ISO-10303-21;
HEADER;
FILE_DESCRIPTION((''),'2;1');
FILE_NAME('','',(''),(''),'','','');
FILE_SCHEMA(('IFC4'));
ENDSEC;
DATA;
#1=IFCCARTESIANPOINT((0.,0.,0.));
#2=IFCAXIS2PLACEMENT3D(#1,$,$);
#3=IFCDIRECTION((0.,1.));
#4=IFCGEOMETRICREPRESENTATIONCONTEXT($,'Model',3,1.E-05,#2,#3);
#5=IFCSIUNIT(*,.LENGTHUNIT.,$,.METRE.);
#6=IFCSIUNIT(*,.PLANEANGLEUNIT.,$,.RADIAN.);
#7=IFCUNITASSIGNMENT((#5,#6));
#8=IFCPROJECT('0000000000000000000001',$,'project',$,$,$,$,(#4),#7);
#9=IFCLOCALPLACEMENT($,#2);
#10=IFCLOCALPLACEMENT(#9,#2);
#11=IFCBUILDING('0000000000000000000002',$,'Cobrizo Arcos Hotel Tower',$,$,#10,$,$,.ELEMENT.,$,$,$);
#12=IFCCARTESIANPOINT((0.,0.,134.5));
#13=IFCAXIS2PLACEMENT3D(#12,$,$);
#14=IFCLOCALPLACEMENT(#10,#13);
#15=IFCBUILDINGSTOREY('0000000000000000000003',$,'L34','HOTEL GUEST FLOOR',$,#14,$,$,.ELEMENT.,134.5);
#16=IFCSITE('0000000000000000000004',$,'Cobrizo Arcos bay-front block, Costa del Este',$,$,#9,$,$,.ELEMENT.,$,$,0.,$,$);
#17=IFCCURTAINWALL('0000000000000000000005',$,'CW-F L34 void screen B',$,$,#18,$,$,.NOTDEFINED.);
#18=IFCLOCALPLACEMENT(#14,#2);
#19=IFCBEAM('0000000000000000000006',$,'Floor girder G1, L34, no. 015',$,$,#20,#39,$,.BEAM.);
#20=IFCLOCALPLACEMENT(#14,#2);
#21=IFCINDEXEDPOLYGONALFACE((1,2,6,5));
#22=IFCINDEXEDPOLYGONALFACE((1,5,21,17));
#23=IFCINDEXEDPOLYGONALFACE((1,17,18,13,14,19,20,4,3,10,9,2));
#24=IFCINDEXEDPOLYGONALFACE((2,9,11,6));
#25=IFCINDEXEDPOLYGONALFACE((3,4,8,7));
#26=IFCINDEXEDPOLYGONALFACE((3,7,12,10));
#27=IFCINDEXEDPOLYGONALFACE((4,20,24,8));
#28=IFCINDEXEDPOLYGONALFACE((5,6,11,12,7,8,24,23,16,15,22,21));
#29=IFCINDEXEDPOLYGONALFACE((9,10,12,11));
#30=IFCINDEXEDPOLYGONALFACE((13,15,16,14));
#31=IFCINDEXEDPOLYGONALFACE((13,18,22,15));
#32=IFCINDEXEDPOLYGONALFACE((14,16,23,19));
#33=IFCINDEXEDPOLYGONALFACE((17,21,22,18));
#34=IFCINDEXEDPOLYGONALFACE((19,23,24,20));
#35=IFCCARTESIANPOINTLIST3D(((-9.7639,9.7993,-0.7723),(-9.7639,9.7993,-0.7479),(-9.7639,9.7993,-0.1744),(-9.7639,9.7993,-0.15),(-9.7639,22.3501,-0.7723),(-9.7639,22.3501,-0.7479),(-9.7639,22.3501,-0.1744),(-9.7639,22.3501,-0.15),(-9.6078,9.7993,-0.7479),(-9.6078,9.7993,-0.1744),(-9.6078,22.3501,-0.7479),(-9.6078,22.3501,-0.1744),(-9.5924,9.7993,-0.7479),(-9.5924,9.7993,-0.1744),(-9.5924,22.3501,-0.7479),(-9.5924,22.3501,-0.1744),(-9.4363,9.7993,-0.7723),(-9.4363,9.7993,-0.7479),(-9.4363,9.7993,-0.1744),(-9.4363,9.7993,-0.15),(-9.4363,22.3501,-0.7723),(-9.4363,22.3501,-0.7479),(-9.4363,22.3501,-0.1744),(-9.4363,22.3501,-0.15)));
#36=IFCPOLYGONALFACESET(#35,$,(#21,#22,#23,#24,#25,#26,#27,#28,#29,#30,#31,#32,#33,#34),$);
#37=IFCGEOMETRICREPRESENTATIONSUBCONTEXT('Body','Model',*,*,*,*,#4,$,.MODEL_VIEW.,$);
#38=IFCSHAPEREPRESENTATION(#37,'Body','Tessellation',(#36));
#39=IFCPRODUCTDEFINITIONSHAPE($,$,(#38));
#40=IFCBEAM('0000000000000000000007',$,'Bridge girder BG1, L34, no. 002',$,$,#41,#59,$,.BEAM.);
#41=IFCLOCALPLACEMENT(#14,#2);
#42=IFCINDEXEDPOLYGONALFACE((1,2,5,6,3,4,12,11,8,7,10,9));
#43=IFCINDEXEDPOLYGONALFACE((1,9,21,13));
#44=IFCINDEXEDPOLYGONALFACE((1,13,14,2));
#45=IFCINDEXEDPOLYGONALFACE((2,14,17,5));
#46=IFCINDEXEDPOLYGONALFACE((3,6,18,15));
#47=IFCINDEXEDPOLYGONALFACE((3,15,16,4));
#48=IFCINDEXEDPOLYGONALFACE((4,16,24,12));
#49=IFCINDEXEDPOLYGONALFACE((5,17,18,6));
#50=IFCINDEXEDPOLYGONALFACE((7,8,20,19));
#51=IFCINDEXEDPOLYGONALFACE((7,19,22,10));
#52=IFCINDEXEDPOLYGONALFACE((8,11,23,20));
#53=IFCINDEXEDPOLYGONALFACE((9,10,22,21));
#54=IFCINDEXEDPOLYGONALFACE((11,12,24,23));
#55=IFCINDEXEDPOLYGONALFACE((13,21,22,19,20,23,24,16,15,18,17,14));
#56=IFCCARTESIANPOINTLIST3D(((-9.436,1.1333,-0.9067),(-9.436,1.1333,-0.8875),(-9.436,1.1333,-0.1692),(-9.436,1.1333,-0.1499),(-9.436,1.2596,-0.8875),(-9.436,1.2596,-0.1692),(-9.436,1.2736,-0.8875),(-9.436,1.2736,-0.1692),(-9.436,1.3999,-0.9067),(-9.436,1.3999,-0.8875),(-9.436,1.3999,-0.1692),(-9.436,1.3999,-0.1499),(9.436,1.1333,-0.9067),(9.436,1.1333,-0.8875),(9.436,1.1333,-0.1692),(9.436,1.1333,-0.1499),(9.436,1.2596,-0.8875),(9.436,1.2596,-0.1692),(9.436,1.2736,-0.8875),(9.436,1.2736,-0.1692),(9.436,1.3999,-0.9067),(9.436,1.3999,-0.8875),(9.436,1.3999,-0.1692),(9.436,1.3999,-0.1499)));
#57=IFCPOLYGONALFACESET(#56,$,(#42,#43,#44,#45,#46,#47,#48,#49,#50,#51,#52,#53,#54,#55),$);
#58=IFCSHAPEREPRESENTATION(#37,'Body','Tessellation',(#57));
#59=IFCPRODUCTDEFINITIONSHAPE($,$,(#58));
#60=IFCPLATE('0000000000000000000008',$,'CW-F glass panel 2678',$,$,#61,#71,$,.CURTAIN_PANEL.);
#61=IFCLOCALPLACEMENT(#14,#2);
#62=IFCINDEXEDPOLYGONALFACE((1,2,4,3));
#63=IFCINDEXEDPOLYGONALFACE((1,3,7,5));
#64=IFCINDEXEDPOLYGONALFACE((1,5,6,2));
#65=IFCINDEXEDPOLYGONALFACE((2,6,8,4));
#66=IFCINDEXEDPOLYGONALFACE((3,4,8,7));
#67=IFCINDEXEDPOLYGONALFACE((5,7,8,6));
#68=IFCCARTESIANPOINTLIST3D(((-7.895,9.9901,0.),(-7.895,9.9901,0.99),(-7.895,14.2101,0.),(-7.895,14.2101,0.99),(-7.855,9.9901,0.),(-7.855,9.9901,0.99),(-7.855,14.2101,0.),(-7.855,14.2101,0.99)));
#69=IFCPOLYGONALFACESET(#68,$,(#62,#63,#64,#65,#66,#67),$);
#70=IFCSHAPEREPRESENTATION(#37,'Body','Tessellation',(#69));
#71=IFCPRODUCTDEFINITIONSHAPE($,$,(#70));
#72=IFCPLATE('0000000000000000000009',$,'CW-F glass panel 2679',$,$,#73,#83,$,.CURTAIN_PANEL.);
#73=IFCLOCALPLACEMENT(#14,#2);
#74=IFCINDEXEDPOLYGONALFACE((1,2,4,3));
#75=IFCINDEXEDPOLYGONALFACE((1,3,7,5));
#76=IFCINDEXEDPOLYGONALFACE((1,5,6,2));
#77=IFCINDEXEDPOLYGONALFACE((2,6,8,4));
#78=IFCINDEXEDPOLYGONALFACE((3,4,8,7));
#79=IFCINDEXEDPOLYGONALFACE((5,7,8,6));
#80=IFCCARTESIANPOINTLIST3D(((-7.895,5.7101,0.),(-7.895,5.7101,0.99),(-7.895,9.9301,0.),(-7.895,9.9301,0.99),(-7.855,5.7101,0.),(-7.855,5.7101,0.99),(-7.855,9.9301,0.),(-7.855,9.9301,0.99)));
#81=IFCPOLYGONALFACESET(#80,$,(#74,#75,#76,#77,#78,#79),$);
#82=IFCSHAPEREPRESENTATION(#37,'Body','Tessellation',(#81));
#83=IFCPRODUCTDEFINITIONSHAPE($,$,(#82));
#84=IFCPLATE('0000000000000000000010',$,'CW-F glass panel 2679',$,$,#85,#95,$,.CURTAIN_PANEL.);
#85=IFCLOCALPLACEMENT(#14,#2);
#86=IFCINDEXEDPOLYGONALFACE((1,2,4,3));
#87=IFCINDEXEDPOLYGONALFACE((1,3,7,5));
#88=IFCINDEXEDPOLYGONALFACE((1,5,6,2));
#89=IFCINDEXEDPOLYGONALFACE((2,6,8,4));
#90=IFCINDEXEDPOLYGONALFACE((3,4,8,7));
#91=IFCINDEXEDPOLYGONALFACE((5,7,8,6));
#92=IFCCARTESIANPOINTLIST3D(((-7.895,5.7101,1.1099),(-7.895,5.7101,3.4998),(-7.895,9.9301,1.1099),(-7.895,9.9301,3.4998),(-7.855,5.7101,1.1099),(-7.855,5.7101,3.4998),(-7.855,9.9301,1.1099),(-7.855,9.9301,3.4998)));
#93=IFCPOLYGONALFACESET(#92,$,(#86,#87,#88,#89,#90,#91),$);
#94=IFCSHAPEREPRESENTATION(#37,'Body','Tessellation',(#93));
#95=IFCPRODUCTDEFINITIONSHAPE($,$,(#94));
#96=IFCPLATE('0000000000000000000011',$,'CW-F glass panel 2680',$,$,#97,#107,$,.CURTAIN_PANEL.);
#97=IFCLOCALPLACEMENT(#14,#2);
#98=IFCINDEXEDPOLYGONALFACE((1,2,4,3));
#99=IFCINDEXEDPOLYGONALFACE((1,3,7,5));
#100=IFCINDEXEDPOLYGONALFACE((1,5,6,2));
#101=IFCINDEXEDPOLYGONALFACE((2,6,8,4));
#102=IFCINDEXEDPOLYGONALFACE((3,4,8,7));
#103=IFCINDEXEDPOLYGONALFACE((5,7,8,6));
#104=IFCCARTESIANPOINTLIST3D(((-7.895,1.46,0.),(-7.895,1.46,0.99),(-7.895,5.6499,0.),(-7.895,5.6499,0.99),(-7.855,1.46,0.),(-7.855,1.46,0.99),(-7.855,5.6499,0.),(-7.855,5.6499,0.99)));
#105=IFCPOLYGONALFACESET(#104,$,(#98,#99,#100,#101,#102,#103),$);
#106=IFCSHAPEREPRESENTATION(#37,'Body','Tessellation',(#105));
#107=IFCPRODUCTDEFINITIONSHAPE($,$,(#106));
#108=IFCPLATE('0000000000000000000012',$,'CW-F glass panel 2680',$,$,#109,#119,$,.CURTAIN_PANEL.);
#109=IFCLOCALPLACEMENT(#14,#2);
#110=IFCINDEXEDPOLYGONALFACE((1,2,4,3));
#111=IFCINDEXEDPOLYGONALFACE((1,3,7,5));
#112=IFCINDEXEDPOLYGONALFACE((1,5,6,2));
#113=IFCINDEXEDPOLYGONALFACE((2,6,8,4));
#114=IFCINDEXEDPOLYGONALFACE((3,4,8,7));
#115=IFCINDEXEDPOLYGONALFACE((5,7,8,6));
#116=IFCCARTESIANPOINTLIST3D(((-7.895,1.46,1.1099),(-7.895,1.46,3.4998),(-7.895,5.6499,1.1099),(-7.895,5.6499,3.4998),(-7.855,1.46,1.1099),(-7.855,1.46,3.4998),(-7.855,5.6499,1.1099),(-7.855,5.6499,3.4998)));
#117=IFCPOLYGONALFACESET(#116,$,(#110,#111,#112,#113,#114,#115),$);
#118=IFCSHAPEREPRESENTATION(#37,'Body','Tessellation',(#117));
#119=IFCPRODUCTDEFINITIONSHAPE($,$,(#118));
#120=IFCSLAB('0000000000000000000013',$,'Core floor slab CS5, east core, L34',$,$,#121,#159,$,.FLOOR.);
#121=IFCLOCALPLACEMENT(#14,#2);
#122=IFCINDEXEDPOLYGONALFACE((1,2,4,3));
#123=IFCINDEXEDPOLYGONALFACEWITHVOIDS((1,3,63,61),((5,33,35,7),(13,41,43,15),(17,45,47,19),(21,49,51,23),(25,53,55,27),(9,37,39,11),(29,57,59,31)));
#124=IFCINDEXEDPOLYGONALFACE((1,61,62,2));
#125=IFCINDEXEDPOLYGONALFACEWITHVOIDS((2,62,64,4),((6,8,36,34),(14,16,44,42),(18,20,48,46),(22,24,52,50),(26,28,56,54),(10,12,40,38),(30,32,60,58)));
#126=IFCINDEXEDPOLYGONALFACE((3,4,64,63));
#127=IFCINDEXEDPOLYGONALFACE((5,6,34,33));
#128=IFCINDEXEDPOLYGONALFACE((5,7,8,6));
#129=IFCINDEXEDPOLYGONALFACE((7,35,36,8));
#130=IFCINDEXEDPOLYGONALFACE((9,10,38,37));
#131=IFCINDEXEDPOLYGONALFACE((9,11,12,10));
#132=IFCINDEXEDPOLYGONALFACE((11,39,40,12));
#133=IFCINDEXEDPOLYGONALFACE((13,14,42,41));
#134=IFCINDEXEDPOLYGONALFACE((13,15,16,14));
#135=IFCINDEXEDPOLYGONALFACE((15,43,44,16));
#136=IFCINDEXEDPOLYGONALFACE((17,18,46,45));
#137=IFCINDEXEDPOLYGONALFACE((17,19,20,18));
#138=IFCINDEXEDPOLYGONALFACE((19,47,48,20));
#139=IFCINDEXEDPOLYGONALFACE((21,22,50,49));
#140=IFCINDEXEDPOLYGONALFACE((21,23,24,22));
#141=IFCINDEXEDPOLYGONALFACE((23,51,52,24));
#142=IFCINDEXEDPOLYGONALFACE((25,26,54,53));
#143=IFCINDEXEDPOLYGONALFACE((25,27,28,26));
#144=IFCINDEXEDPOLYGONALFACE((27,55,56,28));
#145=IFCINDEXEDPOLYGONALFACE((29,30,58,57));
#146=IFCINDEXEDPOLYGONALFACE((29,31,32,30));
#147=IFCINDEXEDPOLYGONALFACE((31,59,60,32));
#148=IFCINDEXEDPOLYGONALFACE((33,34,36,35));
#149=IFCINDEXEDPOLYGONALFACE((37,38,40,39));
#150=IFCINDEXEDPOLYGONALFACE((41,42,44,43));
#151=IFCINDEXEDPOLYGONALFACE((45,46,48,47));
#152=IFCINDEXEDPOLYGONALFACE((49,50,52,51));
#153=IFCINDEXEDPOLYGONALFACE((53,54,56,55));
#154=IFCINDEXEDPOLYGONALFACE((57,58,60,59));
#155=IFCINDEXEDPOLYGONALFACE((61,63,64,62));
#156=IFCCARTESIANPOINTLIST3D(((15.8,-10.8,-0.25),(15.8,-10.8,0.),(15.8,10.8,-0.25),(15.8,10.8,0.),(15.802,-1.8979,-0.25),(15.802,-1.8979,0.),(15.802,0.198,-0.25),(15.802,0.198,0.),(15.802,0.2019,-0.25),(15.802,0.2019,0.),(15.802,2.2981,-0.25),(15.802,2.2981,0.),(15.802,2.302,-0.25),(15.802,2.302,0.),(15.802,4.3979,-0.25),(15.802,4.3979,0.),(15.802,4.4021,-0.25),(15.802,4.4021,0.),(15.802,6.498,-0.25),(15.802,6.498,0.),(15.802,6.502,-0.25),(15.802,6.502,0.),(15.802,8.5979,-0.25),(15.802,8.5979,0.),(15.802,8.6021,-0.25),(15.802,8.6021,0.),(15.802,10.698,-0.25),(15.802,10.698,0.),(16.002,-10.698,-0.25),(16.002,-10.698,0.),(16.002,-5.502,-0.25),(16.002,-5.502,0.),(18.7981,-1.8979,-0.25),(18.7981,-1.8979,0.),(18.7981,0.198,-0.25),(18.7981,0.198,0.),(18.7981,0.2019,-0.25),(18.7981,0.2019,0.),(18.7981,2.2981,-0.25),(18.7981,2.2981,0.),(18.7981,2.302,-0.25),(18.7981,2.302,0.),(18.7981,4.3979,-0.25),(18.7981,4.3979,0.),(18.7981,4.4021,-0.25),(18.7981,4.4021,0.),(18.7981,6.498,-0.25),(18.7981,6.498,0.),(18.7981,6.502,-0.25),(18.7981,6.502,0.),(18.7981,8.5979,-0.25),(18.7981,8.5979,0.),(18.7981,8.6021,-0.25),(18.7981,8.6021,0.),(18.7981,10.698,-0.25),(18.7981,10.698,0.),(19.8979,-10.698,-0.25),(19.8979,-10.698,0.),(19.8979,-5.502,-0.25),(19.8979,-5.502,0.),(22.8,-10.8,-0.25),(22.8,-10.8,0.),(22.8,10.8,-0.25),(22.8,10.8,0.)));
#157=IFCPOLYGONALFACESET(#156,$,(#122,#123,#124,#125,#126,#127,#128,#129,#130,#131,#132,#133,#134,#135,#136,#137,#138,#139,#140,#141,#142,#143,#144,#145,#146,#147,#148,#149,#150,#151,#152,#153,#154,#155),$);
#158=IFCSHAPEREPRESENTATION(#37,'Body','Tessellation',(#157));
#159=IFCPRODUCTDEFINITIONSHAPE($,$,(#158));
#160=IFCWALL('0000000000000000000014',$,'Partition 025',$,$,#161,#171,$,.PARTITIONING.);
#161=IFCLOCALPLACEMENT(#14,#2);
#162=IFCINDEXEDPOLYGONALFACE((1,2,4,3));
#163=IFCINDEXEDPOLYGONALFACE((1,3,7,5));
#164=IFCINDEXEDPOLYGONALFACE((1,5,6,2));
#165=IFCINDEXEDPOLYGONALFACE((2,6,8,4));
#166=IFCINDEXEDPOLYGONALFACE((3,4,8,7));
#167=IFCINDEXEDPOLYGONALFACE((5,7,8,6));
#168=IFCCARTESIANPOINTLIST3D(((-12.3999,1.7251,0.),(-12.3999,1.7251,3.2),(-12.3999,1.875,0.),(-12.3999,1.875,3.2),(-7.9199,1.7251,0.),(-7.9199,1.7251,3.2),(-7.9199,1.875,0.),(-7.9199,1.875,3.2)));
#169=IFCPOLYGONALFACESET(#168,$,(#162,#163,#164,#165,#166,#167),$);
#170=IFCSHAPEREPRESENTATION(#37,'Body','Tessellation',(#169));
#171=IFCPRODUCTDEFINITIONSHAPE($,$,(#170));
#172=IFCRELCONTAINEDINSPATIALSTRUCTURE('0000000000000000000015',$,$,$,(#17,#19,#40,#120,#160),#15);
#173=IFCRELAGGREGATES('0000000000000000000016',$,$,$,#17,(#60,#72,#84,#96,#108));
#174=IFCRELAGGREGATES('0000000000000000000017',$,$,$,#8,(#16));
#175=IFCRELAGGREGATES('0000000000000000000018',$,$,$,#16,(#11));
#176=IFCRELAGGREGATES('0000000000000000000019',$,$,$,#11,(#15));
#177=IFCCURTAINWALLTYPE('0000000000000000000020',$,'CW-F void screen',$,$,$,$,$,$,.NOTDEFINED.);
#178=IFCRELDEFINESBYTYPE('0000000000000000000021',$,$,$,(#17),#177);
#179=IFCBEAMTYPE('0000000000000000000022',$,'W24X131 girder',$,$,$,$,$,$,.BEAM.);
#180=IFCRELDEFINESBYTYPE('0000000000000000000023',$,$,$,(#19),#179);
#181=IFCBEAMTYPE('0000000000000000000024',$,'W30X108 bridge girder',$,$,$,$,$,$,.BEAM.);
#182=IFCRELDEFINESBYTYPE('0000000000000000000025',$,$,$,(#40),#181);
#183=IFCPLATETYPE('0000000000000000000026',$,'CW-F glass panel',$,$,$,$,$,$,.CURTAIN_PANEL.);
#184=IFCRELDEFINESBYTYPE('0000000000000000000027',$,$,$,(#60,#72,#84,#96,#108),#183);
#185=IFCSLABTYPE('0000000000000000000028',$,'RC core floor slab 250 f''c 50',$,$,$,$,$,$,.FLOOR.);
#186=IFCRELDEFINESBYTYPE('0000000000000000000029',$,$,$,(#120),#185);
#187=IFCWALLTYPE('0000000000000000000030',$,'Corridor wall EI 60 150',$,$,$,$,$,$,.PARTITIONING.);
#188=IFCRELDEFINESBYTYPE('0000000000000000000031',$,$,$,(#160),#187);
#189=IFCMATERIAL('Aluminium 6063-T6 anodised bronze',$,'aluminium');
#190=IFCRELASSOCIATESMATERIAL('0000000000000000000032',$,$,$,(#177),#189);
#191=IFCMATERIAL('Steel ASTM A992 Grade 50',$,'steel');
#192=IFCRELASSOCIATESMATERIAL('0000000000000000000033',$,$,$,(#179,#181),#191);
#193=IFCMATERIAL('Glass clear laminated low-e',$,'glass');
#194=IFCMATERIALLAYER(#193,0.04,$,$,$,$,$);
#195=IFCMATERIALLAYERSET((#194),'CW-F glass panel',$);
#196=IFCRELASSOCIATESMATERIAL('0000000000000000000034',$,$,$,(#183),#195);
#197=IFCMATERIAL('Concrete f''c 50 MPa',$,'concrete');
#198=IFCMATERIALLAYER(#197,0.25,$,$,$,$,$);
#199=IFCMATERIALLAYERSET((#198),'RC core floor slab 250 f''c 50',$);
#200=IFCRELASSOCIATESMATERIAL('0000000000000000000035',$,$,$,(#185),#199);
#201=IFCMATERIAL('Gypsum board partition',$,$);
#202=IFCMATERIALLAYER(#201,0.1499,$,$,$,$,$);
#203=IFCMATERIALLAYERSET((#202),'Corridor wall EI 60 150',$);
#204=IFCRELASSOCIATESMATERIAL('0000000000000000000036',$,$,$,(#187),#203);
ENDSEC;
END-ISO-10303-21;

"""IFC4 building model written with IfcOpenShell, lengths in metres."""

from ifc_helpers import new_model, si_unit, direction, frame, frame_2d, origin, origin_2d, place, context, subcontext, project, spatial, polyline, rectangle, i_section, outline, extrude, material, layer, layer_set, material_profile, profile_set, type_object, element, aggregate, save


model = new_model("IFC4")

# Units and contexts
model_context = context("Model", 3, precision=1e-05, world=origin(), true_north=direction((0.0, 1.0)))
body_context = subcontext(model_context, "Body", "Model", "MODEL_VIEW")
ifc_project = project(units=[si_unit("LENGTHUNIT", "METRE"), si_unit("PLANEANGLEUNIT", "RADIAN")], contexts=[model_context])

# Site, building, storey
site_placement = place(None, origin())
site = spatial("IfcSite", under=ifc_project, at=site_placement, Name="Cobrizo Arcos bay-front block, Costa del Este", CompositionType="ELEMENT", RefElevation=0.0)
building_placement = place(site_placement, origin())
building = spatial("IfcBuilding", under=site, at=building_placement, Name="Cobrizo Arcos Hotel Tower", CompositionType="ELEMENT")
storey_placement = place(building_placement, frame((0.0, 0.0, 134.5)))
storey = spatial("IfcBuildingStorey", under=building, at=storey_placement, Name="L34", Description="HOTEL GUEST FLOOR", CompositionType="ELEMENT", Elevation=134.5)

# Shared definitions
ifc_material_1 = material(Name="Steel ASTM A992 Grade 50", Category="steel")

# Curtain wall
ifc_material_2 = material(Name="Aluminium 6063-T6 anodised bronze", Category="aluminium")
curtain_wall_type = type_object("IfcCurtainWallType", Name="CW-F void screen", PredefinedType="NOTDEFINED", material=ifc_material_2)
curtain_wall_placement = place(storey_placement, origin())
curtain_wall = element("IfcCurtainWall", 1, at=curtain_wall_placement, inside=storey, type_object=curtain_wall_type, Name="CW-F L34 void screen B", PredefinedType="NOTDEFINED")

# Beams
ifc_material_profile_1 = material_profile(ifc_material_1, i_section(OverallWidth=0.3276, OverallDepth=0.6223, WebThickness=0.0154, FlangeThickness=0.0244, at=origin_2d()), Name="W24X131")
ifc_profile_set_1 = profile_set([ifc_material_profile_1], Name="Steel ASTM A992 Grade 50")
beam_type_1 = type_object("IfcBeamType", Name="W24X131 girder", PredefinedType="BEAM", material=ifc_profile_set_1)
beam_1_placement = place(storey_placement, frame((-9.6001, 9.7993, -0.4612), z_axis=(0.0, 1.0, 0.0), x_axis=(-1.0, 0.0, 0.0)))
element("IfcBeam", 2, at=beam_1_placement, inside=storey, type_object=beam_type_1, Name="Floor girder G1, L34, no. 015", PredefinedType="BEAM", context=body_context, shape_type="SweptSolid", body=[
    extrude(i_section(OverallWidth=0.3276, OverallDepth=0.6223, WebThickness=0.0154, FlangeThickness=0.0244, at=origin_2d()), origin(), (0.0, 0.0, 1.0), 12.5508),
])
ifc_material_profile_2 = material_profile(ifc_material_1, i_section(OverallWidth=0.2666, OverallDepth=0.7568, WebThickness=0.0139, FlangeThickness=0.0193, at=origin_2d()), Name="W30X108")
ifc_profile_set_2 = profile_set([ifc_material_profile_2], Name="Steel ASTM A992 Grade 50")
beam_type_2 = type_object("IfcBeamType", Name="W30X108 bridge girder", PredefinedType="BEAM", material=ifc_profile_set_2)
beam_2_placement = place(storey_placement, frame((-9.436, 1.2666, -0.5283), z_axis=(1.0, 0.0, 0.0), x_axis=(0.0, 1.0, 0.0)))
element("IfcBeam", 3, at=beam_2_placement, inside=storey, type_object=beam_type_2, Name="Bridge girder BG1, L34, no. 002", PredefinedType="BEAM", context=body_context, shape_type="SweptSolid", body=[
    extrude(i_section(OverallWidth=0.2666, OverallDepth=0.7568, WebThickness=0.0139, FlangeThickness=0.0193, at=origin_2d()), origin(), (0.0, 0.0, 1.0), 18.8721),
])

# Plates
ifc_material_3 = material(Name="Glass clear laminated low-e", Category="glass")
ifc_layer_1 = layer(ifc_material_3, 0.04)
ifc_layer_set_1 = layer_set([ifc_layer_1], Name="CW-F glass panel")
plate_type = type_object("IfcPlateType", Name="CW-F glass panel", PredefinedType="CURTAIN_PANEL", material=ifc_layer_set_1)
plate_1_placement = place(storey_placement, frame((-7.875, 12.1001, 0.0), z_axis=(0.0, 0.0, 1.0), x_axis=(0.0, -1.0, 0.0)))
plate_1 = element("IfcPlate", 4, at=plate_1_placement, type_object=plate_type, Name="CW-F glass panel 2678", PredefinedType="CURTAIN_PANEL", context=body_context, shape_type="SweptSolid", body=[
    extrude(rectangle(XDim=4.22, YDim=0.04, at=origin_2d()), origin(), (0.0, 0.0, 1.0), 0.99),
])
plate_2_placement = place(storey_placement, frame((-7.875, 7.8201, 0.0), z_axis=(0.0, 0.0, 1.0), x_axis=(0.0, -1.0, 0.0)))
plate_2 = element("IfcPlate", 5, at=plate_2_placement, type_object=plate_type, Name="CW-F glass panel 2679", PredefinedType="CURTAIN_PANEL", context=body_context, shape_type="SweptSolid", body=[
    extrude(rectangle(XDim=4.22, YDim=0.04, at=origin_2d()), origin(), (0.0, 0.0, 1.0), 0.99),
])
plate_3_placement = place(storey_placement, frame((-7.875, 7.8201, 1.1099), z_axis=(0.0, 0.0, 1.0), x_axis=(0.0, -1.0, 0.0)))
plate_3 = element("IfcPlate", 6, at=plate_3_placement, type_object=plate_type, Name="CW-F glass panel 2679", PredefinedType="CURTAIN_PANEL", context=body_context, shape_type="SweptSolid", body=[
    extrude(rectangle(XDim=4.22, YDim=0.04, at=origin_2d()), origin(), (0.0, 0.0, 1.0), 2.3899),
])
plate_4_placement = place(storey_placement, frame((-7.875, 3.5549, 0.0), z_axis=(0.0, 0.0, 1.0), x_axis=(0.0, -1.0, 0.0)))
plate_4 = element("IfcPlate", 7, at=plate_4_placement, type_object=plate_type, Name="CW-F glass panel 2680", PredefinedType="CURTAIN_PANEL", context=body_context, shape_type="SweptSolid", body=[
    extrude(rectangle(XDim=4.1899, YDim=0.04, at=origin_2d()), origin(), (0.0, 0.0, 1.0), 0.99),
])
plate_5_placement = place(storey_placement, frame((-7.875, 3.5549, 1.1099), z_axis=(0.0, 0.0, 1.0), x_axis=(0.0, -1.0, 0.0)))
plate_5 = element("IfcPlate", 8, at=plate_5_placement, type_object=plate_type, Name="CW-F glass panel 2680", PredefinedType="CURTAIN_PANEL", context=body_context, shape_type="SweptSolid", body=[
    extrude(rectangle(XDim=4.1899, YDim=0.04, at=origin_2d()), origin(), (0.0, 0.0, 1.0), 2.3899),
])
aggregate(curtain_wall, [plate_1, plate_2, plate_3, plate_4, plate_5])

# Slab
ifc_material_4 = material(Name="Concrete f'c 50 MPa", Category="concrete")
ifc_layer_2 = layer(ifc_material_4, 0.25)
ifc_layer_set_2 = layer_set([ifc_layer_2], Name="RC core floor slab 250 f'c 50")
slab_type = type_object("IfcSlabType", Name="RC core floor slab 250 f'c 50", PredefinedType="FLOOR", material=ifc_layer_set_2)
slab_placement = place(storey_placement, frame((0.0, 0.0, -0.25)))
element("IfcSlab", 9, at=slab_placement, inside=storey, type_object=slab_type, Name="Core floor slab CS5, east core, L34", PredefinedType="FLOOR", context=body_context, shape_type="SweptSolid", body=[
    extrude(outline(polyline([(15.8, 10.8), (22.8, 10.8), (22.8, -10.8), (15.8, -10.8), (15.8, 10.8)]), holes=[polyline([(19.8979, -10.698), (19.8979, -5.502), (16.002, -5.502), (16.002, -10.698), (19.8979, -10.698)]), polyline([(15.802, 0.198), (15.802, -1.8979), (18.7981, -1.8979), (18.7981, 0.198), (15.802, 0.198)]), polyline([(18.7981, 2.2981), (15.802, 2.2981), (15.802, 0.2019), (18.7981, 0.2019), (18.7981, 2.2981)]), polyline([(18.7981, 4.3979), (15.802, 4.3979), (15.802, 2.302), (18.7981, 2.302), (18.7981, 4.3979)]), polyline([(15.802, 6.498), (15.802, 4.4021), (18.7981, 4.4021), (18.7981, 6.498), (15.802, 6.498)]), polyline([(18.7981, 8.5979), (15.802, 8.5979), (15.802, 6.502), (18.7981, 6.502), (18.7981, 8.5979)]), polyline([(18.7981, 10.698), (15.802, 10.698), (15.802, 8.6021), (18.7981, 8.6021), (18.7981, 10.698)])]), origin(), (0.0, 0.0, 1.0), 0.25),
])

# Wall
ifc_material_5 = material(Name="Gypsum board partition")
ifc_layer_3 = layer(ifc_material_5, 0.1499)
ifc_layer_set_3 = layer_set([ifc_layer_3], Name="Corridor wall EI 60 150")
wall_type = type_object("IfcWallType", Name="Corridor wall EI 60 150", PredefinedType="PARTITIONING", material=ifc_layer_set_3)
wall_1_placement = place(storey_placement, frame((-12.3999, 1.8, 0.0), z_axis=(0.0, 0.0, 1.0), x_axis=(1.0, 0.0, 0.0)))
element("IfcWall", 10, at=wall_1_placement, inside=storey, type_object=wall_type, Name="Partition 025", PredefinedType="PARTITIONING", context=body_context, shape_type="SweptSolid", body=[
    extrude(rectangle(XDim=4.48, YDim=0.1499, at=frame_2d((2.24, 0.0))), origin(), (0.0, 0.0, 1.0), 3.2),
])

save(model, "model.ifc")
